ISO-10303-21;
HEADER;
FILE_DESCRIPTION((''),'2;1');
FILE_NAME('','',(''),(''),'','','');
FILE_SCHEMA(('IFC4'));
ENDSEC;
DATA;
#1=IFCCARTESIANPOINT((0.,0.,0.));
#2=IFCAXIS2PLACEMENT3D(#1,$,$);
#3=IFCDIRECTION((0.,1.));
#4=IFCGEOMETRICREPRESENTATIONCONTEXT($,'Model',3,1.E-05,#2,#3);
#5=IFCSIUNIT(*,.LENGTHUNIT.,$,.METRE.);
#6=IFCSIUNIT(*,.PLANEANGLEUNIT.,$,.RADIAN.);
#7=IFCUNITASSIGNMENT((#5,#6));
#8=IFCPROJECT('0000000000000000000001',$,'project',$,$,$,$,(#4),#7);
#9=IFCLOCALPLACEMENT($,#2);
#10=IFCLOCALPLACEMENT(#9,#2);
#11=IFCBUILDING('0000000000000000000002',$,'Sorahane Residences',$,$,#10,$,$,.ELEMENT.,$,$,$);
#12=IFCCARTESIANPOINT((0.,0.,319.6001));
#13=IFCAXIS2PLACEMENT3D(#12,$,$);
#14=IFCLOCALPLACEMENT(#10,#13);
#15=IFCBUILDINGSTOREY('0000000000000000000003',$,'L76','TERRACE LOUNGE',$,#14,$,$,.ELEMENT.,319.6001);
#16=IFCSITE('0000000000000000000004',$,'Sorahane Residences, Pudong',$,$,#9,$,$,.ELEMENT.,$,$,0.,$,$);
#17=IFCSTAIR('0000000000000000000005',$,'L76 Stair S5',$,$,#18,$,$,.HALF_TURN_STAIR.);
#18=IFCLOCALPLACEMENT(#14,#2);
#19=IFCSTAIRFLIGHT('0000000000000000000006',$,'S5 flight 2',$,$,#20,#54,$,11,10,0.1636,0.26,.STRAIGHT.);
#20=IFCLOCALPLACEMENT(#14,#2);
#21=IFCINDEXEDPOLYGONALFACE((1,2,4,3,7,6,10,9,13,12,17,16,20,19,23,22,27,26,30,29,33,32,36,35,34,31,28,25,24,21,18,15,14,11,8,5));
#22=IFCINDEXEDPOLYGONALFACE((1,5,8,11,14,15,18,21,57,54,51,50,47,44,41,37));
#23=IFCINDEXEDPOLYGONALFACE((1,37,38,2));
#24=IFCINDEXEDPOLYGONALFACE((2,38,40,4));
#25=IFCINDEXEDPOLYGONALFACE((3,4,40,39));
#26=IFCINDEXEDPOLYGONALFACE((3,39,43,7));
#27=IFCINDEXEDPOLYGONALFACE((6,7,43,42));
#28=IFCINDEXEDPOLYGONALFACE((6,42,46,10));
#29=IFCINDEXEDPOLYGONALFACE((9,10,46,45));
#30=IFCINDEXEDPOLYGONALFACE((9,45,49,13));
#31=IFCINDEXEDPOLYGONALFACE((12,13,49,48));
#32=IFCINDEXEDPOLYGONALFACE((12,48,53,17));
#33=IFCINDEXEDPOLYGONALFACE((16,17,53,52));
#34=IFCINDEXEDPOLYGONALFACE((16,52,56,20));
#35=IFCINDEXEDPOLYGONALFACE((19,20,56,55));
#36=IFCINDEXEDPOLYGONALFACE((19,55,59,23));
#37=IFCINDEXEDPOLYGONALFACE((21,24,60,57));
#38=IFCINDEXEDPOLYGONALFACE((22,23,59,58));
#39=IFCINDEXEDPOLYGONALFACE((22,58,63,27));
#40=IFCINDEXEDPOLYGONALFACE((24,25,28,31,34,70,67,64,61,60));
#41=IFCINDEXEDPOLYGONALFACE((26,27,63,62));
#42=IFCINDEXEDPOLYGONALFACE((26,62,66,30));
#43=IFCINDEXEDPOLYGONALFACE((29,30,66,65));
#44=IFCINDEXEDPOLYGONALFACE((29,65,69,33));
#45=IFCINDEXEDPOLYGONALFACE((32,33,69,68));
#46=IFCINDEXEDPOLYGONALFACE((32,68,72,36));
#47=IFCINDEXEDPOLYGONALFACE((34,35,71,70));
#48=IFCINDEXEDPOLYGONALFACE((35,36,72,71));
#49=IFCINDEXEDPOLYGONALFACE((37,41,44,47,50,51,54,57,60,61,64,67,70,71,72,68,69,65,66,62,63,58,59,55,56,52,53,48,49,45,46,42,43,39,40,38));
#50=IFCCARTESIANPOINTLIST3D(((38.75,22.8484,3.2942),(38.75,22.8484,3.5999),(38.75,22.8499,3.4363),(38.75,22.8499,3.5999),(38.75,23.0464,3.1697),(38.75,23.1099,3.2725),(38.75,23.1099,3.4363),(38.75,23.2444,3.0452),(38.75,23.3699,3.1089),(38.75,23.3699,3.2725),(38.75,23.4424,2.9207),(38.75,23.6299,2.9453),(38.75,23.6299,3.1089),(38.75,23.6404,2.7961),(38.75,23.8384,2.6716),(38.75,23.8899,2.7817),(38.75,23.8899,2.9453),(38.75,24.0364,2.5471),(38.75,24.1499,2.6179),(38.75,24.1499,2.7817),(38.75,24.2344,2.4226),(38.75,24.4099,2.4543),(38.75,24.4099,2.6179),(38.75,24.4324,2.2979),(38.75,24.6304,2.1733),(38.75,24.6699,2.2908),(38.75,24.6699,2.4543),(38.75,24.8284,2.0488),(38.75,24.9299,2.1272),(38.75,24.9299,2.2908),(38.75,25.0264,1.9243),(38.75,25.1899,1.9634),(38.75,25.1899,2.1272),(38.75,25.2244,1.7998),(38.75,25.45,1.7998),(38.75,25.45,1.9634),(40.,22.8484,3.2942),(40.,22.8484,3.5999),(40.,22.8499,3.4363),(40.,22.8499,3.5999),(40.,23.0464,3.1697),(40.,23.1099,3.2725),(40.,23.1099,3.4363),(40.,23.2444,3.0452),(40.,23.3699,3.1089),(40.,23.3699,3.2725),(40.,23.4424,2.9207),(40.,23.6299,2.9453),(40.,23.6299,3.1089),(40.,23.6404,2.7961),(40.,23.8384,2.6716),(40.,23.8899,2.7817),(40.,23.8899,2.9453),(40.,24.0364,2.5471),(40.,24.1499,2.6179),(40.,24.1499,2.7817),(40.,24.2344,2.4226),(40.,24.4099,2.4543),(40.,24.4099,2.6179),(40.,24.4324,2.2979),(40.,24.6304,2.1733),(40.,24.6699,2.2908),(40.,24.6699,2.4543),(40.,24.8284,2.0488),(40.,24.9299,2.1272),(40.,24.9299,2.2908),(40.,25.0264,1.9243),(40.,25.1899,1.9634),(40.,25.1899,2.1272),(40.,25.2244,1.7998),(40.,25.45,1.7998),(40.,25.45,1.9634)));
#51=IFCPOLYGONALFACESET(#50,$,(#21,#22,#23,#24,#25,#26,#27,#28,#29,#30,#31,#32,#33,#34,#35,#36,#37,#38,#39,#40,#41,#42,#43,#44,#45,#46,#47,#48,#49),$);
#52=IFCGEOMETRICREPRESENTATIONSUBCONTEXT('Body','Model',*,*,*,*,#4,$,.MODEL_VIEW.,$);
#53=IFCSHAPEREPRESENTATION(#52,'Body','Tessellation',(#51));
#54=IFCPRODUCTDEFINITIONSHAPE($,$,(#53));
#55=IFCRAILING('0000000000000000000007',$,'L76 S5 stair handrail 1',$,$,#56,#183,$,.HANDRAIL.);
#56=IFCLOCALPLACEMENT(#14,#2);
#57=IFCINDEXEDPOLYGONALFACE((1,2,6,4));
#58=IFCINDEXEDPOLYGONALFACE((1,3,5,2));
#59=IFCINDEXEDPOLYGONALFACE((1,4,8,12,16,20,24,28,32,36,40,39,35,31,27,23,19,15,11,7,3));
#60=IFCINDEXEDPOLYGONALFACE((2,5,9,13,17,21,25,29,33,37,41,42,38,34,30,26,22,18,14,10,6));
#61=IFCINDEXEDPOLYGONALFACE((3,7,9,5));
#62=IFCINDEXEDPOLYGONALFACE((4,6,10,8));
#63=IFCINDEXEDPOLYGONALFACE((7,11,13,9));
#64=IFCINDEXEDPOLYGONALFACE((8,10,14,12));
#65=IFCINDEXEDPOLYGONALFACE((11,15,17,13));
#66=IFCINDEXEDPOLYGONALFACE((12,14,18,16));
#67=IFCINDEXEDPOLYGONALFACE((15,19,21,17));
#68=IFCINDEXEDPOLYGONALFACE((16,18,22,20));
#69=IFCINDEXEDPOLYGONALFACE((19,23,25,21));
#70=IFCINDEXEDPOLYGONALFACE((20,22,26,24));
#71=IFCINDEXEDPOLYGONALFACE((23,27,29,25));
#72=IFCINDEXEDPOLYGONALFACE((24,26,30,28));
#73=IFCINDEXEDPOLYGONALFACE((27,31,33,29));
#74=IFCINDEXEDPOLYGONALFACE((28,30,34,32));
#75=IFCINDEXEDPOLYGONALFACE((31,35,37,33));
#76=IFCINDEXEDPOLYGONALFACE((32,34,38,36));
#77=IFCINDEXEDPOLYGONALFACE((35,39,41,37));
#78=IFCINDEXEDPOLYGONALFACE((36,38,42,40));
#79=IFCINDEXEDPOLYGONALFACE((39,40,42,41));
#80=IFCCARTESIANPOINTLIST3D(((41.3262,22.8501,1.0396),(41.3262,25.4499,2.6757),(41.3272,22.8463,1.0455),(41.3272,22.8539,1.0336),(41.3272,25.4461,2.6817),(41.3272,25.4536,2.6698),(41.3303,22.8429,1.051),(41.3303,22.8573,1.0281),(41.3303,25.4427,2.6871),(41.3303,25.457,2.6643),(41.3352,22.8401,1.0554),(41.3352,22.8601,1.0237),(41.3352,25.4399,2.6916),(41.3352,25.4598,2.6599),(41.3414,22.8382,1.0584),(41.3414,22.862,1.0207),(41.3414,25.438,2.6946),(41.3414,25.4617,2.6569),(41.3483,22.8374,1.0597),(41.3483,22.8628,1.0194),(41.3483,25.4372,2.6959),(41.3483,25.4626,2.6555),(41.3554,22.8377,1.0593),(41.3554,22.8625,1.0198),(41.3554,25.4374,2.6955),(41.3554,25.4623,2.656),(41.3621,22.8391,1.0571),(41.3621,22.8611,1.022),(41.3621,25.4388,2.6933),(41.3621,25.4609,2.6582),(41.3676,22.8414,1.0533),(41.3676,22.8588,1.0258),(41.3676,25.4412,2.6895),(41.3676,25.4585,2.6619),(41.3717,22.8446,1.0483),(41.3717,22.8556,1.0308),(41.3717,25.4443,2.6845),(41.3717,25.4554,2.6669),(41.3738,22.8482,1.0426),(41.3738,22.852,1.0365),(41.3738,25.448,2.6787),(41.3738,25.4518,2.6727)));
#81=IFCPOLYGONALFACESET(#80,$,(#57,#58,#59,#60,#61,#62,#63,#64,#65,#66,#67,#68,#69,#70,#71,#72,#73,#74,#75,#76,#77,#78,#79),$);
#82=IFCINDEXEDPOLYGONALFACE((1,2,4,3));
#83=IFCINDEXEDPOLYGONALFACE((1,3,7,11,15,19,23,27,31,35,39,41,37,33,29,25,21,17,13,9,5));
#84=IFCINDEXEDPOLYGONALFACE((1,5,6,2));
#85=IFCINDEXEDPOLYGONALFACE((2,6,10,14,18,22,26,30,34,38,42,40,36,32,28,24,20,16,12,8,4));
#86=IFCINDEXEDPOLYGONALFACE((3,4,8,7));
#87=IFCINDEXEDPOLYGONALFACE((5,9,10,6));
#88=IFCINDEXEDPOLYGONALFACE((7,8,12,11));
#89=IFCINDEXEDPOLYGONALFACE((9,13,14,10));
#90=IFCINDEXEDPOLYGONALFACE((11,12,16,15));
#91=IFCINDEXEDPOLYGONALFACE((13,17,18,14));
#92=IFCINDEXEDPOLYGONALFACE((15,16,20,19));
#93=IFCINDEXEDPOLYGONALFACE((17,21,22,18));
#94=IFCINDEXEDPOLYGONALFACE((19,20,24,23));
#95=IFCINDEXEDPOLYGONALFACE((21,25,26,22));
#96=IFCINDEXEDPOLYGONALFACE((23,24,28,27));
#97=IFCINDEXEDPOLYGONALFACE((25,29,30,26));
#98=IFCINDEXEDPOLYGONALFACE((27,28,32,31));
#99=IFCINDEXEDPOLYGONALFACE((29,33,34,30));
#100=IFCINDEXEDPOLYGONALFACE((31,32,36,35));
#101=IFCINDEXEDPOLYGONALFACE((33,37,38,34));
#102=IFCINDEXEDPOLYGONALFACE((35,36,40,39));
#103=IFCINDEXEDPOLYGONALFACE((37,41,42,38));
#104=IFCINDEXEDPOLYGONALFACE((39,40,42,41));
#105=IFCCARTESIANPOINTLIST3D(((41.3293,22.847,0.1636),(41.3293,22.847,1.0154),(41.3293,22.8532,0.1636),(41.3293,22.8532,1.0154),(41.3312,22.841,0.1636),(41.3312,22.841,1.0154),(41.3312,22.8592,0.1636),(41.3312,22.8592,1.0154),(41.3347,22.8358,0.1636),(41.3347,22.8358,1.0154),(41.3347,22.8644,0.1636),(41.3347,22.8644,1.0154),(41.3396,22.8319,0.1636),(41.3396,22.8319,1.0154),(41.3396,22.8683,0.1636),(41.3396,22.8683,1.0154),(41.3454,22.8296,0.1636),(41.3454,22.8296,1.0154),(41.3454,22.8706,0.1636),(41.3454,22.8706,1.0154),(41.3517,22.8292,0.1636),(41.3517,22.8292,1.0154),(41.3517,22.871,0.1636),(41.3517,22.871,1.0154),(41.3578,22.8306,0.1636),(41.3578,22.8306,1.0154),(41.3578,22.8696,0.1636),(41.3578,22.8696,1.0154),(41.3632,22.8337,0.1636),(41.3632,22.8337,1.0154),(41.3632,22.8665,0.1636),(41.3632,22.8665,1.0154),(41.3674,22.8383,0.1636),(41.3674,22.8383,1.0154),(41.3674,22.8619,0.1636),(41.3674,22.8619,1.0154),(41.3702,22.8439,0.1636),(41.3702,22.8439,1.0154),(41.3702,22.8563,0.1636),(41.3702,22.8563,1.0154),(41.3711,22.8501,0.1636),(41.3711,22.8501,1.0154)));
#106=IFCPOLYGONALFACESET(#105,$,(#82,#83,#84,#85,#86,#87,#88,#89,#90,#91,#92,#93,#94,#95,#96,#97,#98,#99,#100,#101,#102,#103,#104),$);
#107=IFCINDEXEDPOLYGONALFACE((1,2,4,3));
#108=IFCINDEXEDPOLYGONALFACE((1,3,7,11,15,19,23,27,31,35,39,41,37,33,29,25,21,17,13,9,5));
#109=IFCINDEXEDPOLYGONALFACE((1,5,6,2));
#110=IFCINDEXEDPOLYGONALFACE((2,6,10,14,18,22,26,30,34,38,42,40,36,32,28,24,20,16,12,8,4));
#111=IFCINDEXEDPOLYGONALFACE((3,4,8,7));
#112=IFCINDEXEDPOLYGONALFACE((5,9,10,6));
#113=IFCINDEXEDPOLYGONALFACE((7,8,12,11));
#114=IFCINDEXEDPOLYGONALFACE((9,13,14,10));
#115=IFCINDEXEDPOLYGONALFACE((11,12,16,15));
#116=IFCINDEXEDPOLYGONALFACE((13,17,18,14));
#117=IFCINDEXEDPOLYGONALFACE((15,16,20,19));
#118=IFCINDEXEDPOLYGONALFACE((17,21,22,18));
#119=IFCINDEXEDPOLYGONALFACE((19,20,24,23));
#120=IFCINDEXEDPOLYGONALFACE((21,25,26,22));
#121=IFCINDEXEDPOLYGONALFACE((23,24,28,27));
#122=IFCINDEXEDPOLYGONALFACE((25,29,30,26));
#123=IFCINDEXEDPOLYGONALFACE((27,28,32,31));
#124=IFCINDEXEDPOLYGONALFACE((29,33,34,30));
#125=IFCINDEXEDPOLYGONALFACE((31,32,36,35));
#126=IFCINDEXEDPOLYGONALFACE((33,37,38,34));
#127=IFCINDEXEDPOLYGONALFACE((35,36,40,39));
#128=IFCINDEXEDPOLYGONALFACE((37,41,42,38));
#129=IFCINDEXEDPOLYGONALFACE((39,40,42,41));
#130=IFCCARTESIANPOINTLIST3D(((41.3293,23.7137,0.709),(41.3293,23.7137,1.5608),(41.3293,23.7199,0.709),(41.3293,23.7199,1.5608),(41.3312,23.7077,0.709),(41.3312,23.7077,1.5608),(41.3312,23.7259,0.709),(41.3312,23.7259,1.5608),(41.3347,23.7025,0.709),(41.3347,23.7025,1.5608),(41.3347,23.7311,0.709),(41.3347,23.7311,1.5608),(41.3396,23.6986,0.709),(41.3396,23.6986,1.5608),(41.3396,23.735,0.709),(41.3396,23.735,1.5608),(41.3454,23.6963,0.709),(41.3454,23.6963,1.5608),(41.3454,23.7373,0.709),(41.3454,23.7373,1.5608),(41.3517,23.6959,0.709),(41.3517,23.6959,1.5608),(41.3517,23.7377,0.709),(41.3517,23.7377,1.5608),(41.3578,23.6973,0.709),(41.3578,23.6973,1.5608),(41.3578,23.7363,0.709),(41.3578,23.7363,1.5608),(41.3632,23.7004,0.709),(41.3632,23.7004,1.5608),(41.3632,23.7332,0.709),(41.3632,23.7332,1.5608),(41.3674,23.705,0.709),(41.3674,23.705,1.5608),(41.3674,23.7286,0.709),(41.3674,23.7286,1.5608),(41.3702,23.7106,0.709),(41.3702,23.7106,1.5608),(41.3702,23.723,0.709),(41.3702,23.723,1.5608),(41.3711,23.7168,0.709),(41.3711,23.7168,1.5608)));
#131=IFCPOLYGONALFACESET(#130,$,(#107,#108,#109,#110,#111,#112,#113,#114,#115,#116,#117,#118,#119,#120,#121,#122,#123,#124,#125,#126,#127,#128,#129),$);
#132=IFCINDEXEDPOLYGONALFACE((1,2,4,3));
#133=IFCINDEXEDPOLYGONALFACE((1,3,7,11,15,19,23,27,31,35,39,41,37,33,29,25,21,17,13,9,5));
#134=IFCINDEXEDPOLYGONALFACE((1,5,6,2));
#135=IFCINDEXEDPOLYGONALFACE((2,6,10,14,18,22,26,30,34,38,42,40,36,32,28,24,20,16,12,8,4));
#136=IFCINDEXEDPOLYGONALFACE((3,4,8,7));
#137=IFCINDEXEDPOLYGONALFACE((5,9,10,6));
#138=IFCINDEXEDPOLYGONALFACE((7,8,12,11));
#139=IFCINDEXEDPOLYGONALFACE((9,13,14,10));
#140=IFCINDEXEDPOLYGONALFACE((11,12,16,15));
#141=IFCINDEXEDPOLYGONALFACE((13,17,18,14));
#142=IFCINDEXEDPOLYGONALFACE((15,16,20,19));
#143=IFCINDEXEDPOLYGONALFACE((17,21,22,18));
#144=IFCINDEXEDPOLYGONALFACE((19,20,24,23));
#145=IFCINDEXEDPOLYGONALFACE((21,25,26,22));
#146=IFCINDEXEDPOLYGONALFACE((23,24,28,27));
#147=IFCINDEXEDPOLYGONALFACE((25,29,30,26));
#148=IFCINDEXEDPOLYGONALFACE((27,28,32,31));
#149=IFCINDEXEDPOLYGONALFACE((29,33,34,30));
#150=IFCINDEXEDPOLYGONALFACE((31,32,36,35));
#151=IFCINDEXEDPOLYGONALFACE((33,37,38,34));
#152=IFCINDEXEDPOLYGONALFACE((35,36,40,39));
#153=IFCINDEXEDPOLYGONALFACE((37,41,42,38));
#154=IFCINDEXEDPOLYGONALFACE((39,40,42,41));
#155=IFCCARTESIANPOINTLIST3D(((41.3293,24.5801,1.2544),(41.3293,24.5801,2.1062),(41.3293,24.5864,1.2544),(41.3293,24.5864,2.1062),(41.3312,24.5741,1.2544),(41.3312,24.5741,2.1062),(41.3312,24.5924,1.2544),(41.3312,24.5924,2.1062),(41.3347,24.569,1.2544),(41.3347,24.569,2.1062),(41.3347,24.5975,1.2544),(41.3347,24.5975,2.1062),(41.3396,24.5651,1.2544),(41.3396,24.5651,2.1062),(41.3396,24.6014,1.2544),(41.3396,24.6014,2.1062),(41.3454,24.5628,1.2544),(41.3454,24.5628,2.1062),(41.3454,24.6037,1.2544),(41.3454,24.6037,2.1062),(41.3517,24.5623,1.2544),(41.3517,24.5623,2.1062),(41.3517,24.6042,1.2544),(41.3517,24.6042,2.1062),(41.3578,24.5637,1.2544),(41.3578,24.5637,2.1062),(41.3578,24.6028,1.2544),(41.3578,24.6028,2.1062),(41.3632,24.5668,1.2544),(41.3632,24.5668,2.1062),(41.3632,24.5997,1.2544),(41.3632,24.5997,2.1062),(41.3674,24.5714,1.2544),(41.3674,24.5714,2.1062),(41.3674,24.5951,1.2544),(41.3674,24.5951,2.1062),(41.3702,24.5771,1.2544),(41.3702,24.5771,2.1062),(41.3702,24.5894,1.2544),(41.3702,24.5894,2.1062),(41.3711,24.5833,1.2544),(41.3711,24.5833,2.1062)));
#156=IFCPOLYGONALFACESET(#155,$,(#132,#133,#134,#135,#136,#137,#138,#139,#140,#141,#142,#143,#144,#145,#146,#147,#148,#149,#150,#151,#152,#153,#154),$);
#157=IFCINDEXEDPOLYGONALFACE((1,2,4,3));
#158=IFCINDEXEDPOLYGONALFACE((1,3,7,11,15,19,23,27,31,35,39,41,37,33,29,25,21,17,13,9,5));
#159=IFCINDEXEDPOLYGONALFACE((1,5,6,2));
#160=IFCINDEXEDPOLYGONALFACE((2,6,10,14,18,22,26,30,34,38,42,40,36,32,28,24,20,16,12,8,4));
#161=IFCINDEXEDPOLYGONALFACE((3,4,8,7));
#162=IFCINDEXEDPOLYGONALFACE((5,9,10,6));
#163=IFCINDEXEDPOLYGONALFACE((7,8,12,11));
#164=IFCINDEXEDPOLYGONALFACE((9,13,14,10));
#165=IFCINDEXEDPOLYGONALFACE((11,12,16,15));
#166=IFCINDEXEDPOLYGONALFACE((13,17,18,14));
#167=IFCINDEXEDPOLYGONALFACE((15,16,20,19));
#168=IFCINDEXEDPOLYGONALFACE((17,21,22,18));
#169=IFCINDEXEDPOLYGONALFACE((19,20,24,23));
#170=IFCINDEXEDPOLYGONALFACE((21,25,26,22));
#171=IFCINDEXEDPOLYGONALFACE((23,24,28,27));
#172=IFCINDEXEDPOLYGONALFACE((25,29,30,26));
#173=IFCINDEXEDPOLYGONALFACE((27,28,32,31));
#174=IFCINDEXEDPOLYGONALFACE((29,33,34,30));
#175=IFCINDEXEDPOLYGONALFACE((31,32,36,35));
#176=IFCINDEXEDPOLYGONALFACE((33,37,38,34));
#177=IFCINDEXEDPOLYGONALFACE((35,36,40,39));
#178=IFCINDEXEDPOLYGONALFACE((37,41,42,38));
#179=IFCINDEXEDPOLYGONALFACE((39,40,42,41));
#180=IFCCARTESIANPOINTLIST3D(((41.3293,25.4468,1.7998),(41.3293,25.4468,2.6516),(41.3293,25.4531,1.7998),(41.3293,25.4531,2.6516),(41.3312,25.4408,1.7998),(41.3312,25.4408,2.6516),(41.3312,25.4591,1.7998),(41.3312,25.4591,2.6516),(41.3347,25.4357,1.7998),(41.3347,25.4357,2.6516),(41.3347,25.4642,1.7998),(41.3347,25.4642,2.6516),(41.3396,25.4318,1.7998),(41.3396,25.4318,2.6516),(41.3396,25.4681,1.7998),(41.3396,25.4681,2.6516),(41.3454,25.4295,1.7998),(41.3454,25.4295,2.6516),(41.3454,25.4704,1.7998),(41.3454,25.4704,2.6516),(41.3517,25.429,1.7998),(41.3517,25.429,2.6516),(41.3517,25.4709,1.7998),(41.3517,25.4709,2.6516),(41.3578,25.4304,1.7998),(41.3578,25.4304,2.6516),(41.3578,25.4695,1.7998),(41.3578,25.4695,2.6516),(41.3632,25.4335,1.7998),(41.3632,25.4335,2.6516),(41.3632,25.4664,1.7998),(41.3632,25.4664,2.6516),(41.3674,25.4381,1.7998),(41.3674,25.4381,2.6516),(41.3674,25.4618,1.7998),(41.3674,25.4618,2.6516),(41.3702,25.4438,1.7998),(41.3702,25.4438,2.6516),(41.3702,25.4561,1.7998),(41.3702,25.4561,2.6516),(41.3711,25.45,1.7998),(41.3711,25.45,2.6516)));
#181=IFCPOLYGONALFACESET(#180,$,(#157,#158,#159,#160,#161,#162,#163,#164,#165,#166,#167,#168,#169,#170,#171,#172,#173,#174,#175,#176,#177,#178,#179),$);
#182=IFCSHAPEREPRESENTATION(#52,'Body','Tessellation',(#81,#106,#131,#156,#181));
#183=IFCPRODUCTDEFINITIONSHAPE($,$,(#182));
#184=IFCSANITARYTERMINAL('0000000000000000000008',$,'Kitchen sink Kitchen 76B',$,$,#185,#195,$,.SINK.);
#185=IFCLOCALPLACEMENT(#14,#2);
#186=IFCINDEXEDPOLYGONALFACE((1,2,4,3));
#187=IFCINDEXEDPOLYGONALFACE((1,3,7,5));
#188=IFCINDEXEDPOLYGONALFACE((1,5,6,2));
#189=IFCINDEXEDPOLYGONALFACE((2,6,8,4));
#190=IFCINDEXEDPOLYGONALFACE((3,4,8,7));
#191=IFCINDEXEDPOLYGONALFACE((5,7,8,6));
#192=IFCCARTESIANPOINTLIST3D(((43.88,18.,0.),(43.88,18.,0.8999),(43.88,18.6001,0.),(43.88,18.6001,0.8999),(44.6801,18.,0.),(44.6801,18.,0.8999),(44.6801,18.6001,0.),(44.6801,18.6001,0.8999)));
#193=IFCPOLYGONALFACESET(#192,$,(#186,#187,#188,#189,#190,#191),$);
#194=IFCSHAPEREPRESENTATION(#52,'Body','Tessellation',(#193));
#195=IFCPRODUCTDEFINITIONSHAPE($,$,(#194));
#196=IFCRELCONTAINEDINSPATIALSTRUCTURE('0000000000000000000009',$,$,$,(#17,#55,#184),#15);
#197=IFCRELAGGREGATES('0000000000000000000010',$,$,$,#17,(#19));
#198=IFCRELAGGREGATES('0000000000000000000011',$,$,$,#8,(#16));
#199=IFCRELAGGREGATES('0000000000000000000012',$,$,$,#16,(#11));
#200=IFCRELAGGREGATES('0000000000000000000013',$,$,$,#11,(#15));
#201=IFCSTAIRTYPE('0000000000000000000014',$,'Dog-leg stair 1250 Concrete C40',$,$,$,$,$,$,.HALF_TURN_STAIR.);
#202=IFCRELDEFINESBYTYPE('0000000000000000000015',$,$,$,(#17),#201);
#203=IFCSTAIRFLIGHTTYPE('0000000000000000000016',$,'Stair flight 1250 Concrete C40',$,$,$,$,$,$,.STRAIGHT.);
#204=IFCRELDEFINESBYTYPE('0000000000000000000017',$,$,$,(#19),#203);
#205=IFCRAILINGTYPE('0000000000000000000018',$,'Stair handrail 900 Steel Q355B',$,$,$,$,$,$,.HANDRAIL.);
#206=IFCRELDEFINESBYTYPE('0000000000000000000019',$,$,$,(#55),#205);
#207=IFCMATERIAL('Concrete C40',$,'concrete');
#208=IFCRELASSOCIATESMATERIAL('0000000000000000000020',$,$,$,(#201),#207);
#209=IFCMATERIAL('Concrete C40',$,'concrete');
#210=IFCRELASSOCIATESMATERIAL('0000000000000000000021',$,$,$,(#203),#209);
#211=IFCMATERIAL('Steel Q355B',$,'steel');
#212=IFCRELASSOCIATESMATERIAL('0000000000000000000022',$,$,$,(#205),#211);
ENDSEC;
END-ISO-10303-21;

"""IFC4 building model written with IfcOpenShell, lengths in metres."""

from ifc_helpers import new_model, si_unit, direction, frame, origin, origin_2d, place, context, subcontext, project, spatial, polyline, rectangle, circle, outline, extrude, material, type_object, element, aggregate, save


model = new_model("IFC4")

# Units and contexts
model_context = context("Model", 3, precision=1e-05, world=origin(), true_north=direction((0.0, 1.0)))
body_context = subcontext(model_context, "Body", "Model", "MODEL_VIEW")
ifc_project = project(units=[si_unit("LENGTHUNIT", "METRE"), si_unit("PLANEANGLEUNIT", "RADIAN")], contexts=[model_context])

# Site, building, storey
site_placement = place(None, origin())
site = spatial("IfcSite", under=ifc_project, at=site_placement, Name="Sorahane Residences, Pudong", CompositionType="ELEMENT", RefElevation=0.0)
building_placement = place(site_placement, origin())
building = spatial("IfcBuilding", under=site, at=building_placement, Name="Sorahane Residences", CompositionType="ELEMENT")
storey_placement = place(building_placement, frame((0.0, 0.0, 319.6001)))
storey = spatial("IfcBuildingStorey", under=building, at=storey_placement, Name="L76", Description="TERRACE LOUNGE", CompositionType="ELEMENT", Elevation=319.6001)

# Stair, stair flight
ifc_material_1 = material(Name="Concrete C40", Category="concrete")
stair_type = type_object("IfcStairType", Name="Dog-leg stair 1250 Concrete C40", PredefinedType="HALF_TURN_STAIR", material=ifc_material_1)
stair_placement = place(storey_placement, origin())
stair = element("IfcStair", 1, at=stair_placement, inside=storey, type_object=stair_type, Name="L76 Stair S5", PredefinedType="HALF_TURN_STAIR")
ifc_material_2 = material(Name="Concrete C40", Category="concrete")
stair_flight_type = type_object("IfcStairFlightType", Name="Stair flight 1250 Concrete C40", PredefinedType="STRAIGHT", material=ifc_material_2)
stair_flight_1_placement = place(storey_placement, frame((39.375, 25.45, 1.7998), z_axis=(0.0, 0.0, 1.0), x_axis=(0.0, -1.0, 0.0)))
stair_flight_1 = element("IfcStairFlight", 2, at=stair_flight_1_placement, type_object=stair_flight_type, Name="S5 flight 2", NumberOfRisers=11, NumberOfTreads=10, PredefinedType="STRAIGHT", RiserHeight=0.1636, TreadLength=0.26, context=body_context, shape_type="SweptSolid", body=[
    extrude(outline(polyline([(0.0, 0.0), (0.0, 0.1636), (0.26, 0.1636), (0.26, 0.3274), (0.52, 0.3274), (0.52, 0.491), (0.78, 0.491), (0.78, 0.6545), (1.04, 0.6545), (1.04, 0.8181), (1.3, 0.8181), (1.3, 0.9819), (1.5601, 0.9819), (1.5601, 1.1455), (1.8201, 1.1455), (1.8201, 1.3091), (2.0801, 1.3091), (2.0801, 1.4727), (2.3401, 1.4727), (2.3401, 1.6365), (2.6001, 1.6365), (2.6001, 1.8), (2.6016, 1.8), (2.6016, 1.4944), (2.4036, 1.3699), (2.2056, 1.2454), (2.0076, 1.1208), (1.8096, 0.9963), (1.6116, 0.8718), (1.4136, 0.7473), (1.2156, 0.6228), (1.0176, 0.498), (0.8196, 0.3735), (0.6216, 0.249), (0.4236, 0.1245), (0.2256, 0.0), (0.0, 0.0)])), frame((0.0, 0.625, 0.0), z_axis=(0.0, -1.0, 0.0), x_axis=(1.0, 0.0, 0.0)), (0.0, 0.0, 1.0), 1.25),
])
aggregate(stair, [stair_flight_1])

# Railing
ifc_material_3 = material(Name="Steel Q355B", Category="steel")
railing_type_1 = type_object("IfcRailingType", Name="Stair handrail 900 Steel Q355B", PredefinedType="HANDRAIL", material=ifc_material_3)
railing_1_placement = place(storey_placement, frame((41.3501, 22.8501, 0.1636)))
element("IfcRailing", 3, at=railing_1_placement, inside=storey, type_object=railing_type_1, Name="L76 S5 stair handrail 1", PredefinedType="HANDRAIL", context=body_context, shape_type="SweptSolid", body=[
    extrude(circle(Radius=0.0239, at=origin_2d()), frame((0.0, 0.0, 0.876), z_axis=(0.0, 0.846338, 0.532647), x_axis=(-1.0, 0.0, 0.0)), (0.0, 0.0, 1.0), 3.0718),
    extrude(circle(Radius=0.021, at=origin_2d()), origin(), (0.0, 0.0, 1.0), 0.8518),
    extrude(circle(Radius=0.021, at=origin_2d()), frame((0.0, 0.8667, 0.5454)), (0.0, 0.0, 1.0), 0.8518),
    extrude(circle(Radius=0.021, at=origin_2d()), frame((0.0, 1.7332, 1.0908)), (0.0, 0.0, 1.0), 0.8518),
    extrude(circle(Radius=0.021, at=origin_2d()), frame((0.0, 2.5999, 1.6362)), (0.0, 0.0, 1.0), 0.8518),
])

# Sanitary terminal
sanitary_terminal_placement = place(storey_placement, frame((44.28, 18.3, 0.0), z_axis=(0.0, 0.0, 1.0), x_axis=(1.0, 0.0, 0.0)))
element("IfcSanitaryTerminal", 4, at=sanitary_terminal_placement, inside=storey, Name="Kitchen sink Kitchen 76B", PredefinedType="SINK", context=body_context, shape_type="SweptSolid", body=[
    extrude(rectangle(XDim=0.8, YDim=0.6001, at=origin_2d()), origin(), (0.0, 0.0, 1.0), 0.8999),
])

save(model, "model.ifc")
